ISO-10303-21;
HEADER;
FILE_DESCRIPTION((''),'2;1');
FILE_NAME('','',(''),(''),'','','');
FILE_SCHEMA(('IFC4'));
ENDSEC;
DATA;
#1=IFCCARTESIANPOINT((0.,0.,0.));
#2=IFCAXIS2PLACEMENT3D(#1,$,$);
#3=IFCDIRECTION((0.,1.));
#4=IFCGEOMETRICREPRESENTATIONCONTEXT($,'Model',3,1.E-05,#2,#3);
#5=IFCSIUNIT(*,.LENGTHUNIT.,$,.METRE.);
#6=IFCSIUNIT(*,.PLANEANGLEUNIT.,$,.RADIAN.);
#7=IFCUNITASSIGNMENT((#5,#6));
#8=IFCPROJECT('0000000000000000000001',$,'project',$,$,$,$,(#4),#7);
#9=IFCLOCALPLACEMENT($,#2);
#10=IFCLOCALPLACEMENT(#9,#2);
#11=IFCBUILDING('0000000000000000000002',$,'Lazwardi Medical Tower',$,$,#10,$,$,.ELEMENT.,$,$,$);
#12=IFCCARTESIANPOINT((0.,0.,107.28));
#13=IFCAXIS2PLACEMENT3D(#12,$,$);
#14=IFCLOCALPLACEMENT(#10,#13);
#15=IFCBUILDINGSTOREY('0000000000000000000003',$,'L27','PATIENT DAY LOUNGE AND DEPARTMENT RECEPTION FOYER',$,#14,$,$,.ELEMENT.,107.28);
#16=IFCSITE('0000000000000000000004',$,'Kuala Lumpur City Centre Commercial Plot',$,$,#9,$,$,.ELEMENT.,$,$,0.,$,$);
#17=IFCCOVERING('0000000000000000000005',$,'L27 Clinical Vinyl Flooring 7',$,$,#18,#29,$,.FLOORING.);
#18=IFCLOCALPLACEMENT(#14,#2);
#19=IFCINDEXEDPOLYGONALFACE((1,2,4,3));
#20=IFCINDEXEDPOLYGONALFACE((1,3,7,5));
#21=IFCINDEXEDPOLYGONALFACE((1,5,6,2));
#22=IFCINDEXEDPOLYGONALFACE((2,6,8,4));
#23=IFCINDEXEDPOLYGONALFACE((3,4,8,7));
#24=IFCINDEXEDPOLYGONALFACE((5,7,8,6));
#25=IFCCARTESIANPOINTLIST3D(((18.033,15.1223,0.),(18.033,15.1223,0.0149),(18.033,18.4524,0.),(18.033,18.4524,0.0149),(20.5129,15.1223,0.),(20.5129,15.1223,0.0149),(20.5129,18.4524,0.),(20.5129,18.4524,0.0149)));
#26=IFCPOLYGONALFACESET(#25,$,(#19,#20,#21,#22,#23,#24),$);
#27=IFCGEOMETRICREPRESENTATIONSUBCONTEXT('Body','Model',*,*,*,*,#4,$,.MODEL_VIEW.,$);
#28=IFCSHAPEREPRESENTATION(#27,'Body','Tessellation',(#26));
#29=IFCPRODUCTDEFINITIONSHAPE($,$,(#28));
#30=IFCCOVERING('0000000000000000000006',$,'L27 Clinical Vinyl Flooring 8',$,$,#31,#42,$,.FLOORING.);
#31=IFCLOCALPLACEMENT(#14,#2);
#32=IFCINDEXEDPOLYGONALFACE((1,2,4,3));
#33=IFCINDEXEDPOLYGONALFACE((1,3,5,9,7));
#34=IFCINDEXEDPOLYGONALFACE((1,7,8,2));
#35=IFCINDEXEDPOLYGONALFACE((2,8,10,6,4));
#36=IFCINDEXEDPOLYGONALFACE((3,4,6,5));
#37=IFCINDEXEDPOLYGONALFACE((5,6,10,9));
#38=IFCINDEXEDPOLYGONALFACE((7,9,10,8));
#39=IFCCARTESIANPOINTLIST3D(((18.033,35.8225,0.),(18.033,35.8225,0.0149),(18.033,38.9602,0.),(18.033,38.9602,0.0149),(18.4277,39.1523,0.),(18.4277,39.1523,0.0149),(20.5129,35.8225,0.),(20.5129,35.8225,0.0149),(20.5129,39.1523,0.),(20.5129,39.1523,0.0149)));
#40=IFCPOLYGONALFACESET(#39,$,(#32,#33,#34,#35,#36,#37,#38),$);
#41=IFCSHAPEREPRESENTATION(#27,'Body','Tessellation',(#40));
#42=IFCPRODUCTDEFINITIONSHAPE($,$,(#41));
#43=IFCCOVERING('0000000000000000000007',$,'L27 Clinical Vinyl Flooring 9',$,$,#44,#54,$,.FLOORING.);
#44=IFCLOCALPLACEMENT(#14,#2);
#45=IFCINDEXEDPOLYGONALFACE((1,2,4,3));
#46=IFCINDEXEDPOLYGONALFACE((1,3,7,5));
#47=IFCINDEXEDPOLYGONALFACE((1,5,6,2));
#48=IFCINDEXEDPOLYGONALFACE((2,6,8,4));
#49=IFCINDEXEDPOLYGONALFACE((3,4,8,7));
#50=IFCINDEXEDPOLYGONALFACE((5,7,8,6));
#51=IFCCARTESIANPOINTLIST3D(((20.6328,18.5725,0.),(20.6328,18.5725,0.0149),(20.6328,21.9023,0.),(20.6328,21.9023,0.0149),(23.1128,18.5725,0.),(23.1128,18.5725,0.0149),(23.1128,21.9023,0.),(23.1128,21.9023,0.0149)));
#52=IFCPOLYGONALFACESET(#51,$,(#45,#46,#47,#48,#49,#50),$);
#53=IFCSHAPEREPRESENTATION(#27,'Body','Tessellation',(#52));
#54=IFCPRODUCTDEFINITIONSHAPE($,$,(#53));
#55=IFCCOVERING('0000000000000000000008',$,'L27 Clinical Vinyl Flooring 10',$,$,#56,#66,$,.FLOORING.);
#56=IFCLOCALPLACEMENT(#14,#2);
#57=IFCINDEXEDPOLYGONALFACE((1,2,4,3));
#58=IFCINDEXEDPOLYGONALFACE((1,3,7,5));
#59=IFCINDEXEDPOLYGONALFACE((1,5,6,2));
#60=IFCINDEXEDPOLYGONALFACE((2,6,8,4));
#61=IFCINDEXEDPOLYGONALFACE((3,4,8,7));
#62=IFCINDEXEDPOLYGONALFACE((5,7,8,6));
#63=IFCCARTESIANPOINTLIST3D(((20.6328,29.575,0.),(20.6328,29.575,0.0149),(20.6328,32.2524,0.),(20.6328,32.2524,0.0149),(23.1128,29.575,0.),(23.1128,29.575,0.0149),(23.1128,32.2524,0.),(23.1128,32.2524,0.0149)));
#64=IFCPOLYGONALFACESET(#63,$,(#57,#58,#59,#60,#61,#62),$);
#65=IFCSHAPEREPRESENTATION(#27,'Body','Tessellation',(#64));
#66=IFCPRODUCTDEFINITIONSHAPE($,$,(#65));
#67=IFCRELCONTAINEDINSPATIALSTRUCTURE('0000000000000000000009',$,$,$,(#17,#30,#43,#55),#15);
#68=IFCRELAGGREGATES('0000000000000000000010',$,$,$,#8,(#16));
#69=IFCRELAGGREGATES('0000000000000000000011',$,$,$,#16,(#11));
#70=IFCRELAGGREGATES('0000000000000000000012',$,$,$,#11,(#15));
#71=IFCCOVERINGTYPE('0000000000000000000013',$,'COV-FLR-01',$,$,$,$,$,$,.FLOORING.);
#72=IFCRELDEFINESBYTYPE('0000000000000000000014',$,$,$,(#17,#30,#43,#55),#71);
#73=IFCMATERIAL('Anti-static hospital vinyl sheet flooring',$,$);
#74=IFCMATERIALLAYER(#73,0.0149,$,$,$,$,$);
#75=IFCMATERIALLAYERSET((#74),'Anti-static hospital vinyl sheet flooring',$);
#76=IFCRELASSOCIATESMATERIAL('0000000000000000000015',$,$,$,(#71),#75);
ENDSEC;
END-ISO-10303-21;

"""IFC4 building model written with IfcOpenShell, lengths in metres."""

from ifc_helpers import new_model, si_unit, direction, frame, origin, place, context, subcontext, project, spatial, polyline, outline, extrude, material, layer, layer_set, type_object, element, save


model = new_model("IFC4")

# Units and contexts
model_context = context("Model", 3, precision=1e-05, world=origin(), true_north=direction((0.0, 1.0)))
body_context = subcontext(model_context, "Body", "Model", "MODEL_VIEW")
ifc_project = project(units=[si_unit("LENGTHUNIT", "METRE"), si_unit("PLANEANGLEUNIT", "RADIAN")], contexts=[model_context])

# Site, building, storey
site_placement = place(None, origin())
site = spatial("IfcSite", under=ifc_project, at=site_placement, Name="Kuala Lumpur City Centre Commercial Plot", CompositionType="ELEMENT", RefElevation=0.0)
building_placement = place(site_placement, origin())
building = spatial("IfcBuilding", under=site, at=building_placement, Name="Lazwardi Medical Tower", CompositionType="ELEMENT")
storey_placement = place(building_placement, frame((0.0, 0.0, 107.28)))
storey = spatial("IfcBuildingStorey", under=building, at=storey_placement, Name="L27", Description="PATIENT DAY LOUNGE AND DEPARTMENT RECEPTION FOYER", CompositionType="ELEMENT", Elevation=107.28)

# Coverings
ifc_material_1 = material(Name="Anti-static hospital vinyl sheet flooring")
ifc_layer_1 = layer(ifc_material_1, 0.0149)
ifc_layer_set_1 = layer_set([ifc_layer_1], Name="Anti-static hospital vinyl sheet flooring")
covering_type_1 = type_object("IfcCoveringType", Name="COV-FLR-01", PredefinedType="FLOORING", material=ifc_layer_set_1)
covering_1_placement = place(storey_placement, origin())
element("IfcCovering", 1, at=covering_1_placement, inside=storey, type_object=covering_type_1, Name="L27 Clinical Vinyl Flooring 7", PredefinedType="FLOORING", context=body_context, shape_type="SweptSolid", body=[
    extrude(outline(polyline([(20.5129, 15.1223), (20.5129, 18.4524), (18.033, 18.4524), (18.033, 15.1223), (20.5129, 15.1223)])), origin(), (0.0, 0.0, 1.0), 0.0149),
])
covering_2_placement = place(storey_placement, origin())
element("IfcCovering", 2, at=covering_2_placement, inside=storey, type_object=covering_type_1, Name="L27 Clinical Vinyl Flooring 8", PredefinedType="FLOORING", context=body_context, shape_type="SweptSolid", body=[
    extrude(outline(polyline([(18.4277, 39.1523), (18.033, 38.9602), (18.033, 35.8225), (20.5129, 35.8225), (20.5129, 39.1523), (18.4277, 39.1523)])), origin(), (0.0, 0.0, 1.0), 0.0149),
])
covering_3_placement = place(storey_placement, origin())
element("IfcCovering", 3, at=covering_3_placement, inside=storey, type_object=covering_type_1, Name="L27 Clinical Vinyl Flooring 9", PredefinedType="FLOORING", context=body_context, shape_type="SweptSolid", body=[
    extrude(outline(polyline([(23.1128, 18.5725), (23.1128, 21.9023), (20.6328, 21.9023), (20.6328, 18.5725), (23.1128, 18.5725)])), origin(), (0.0, 0.0, 1.0), 0.0149),
])
covering_4_placement = place(storey_placement, origin())
element("IfcCovering", 4, at=covering_4_placement, inside=storey, type_object=covering_type_1, Name="L27 Clinical Vinyl Flooring 10", PredefinedType="FLOORING", context=body_context, shape_type="SweptSolid", body=[
    extrude(outline(polyline([(20.6328, 29.575), (23.1128, 29.575), (23.1128, 32.2524), (20.6328, 32.2524), (20.6328, 29.575)])), origin(), (0.0, 0.0, 1.0), 0.0149),
])

save(model, "model.ifc")
